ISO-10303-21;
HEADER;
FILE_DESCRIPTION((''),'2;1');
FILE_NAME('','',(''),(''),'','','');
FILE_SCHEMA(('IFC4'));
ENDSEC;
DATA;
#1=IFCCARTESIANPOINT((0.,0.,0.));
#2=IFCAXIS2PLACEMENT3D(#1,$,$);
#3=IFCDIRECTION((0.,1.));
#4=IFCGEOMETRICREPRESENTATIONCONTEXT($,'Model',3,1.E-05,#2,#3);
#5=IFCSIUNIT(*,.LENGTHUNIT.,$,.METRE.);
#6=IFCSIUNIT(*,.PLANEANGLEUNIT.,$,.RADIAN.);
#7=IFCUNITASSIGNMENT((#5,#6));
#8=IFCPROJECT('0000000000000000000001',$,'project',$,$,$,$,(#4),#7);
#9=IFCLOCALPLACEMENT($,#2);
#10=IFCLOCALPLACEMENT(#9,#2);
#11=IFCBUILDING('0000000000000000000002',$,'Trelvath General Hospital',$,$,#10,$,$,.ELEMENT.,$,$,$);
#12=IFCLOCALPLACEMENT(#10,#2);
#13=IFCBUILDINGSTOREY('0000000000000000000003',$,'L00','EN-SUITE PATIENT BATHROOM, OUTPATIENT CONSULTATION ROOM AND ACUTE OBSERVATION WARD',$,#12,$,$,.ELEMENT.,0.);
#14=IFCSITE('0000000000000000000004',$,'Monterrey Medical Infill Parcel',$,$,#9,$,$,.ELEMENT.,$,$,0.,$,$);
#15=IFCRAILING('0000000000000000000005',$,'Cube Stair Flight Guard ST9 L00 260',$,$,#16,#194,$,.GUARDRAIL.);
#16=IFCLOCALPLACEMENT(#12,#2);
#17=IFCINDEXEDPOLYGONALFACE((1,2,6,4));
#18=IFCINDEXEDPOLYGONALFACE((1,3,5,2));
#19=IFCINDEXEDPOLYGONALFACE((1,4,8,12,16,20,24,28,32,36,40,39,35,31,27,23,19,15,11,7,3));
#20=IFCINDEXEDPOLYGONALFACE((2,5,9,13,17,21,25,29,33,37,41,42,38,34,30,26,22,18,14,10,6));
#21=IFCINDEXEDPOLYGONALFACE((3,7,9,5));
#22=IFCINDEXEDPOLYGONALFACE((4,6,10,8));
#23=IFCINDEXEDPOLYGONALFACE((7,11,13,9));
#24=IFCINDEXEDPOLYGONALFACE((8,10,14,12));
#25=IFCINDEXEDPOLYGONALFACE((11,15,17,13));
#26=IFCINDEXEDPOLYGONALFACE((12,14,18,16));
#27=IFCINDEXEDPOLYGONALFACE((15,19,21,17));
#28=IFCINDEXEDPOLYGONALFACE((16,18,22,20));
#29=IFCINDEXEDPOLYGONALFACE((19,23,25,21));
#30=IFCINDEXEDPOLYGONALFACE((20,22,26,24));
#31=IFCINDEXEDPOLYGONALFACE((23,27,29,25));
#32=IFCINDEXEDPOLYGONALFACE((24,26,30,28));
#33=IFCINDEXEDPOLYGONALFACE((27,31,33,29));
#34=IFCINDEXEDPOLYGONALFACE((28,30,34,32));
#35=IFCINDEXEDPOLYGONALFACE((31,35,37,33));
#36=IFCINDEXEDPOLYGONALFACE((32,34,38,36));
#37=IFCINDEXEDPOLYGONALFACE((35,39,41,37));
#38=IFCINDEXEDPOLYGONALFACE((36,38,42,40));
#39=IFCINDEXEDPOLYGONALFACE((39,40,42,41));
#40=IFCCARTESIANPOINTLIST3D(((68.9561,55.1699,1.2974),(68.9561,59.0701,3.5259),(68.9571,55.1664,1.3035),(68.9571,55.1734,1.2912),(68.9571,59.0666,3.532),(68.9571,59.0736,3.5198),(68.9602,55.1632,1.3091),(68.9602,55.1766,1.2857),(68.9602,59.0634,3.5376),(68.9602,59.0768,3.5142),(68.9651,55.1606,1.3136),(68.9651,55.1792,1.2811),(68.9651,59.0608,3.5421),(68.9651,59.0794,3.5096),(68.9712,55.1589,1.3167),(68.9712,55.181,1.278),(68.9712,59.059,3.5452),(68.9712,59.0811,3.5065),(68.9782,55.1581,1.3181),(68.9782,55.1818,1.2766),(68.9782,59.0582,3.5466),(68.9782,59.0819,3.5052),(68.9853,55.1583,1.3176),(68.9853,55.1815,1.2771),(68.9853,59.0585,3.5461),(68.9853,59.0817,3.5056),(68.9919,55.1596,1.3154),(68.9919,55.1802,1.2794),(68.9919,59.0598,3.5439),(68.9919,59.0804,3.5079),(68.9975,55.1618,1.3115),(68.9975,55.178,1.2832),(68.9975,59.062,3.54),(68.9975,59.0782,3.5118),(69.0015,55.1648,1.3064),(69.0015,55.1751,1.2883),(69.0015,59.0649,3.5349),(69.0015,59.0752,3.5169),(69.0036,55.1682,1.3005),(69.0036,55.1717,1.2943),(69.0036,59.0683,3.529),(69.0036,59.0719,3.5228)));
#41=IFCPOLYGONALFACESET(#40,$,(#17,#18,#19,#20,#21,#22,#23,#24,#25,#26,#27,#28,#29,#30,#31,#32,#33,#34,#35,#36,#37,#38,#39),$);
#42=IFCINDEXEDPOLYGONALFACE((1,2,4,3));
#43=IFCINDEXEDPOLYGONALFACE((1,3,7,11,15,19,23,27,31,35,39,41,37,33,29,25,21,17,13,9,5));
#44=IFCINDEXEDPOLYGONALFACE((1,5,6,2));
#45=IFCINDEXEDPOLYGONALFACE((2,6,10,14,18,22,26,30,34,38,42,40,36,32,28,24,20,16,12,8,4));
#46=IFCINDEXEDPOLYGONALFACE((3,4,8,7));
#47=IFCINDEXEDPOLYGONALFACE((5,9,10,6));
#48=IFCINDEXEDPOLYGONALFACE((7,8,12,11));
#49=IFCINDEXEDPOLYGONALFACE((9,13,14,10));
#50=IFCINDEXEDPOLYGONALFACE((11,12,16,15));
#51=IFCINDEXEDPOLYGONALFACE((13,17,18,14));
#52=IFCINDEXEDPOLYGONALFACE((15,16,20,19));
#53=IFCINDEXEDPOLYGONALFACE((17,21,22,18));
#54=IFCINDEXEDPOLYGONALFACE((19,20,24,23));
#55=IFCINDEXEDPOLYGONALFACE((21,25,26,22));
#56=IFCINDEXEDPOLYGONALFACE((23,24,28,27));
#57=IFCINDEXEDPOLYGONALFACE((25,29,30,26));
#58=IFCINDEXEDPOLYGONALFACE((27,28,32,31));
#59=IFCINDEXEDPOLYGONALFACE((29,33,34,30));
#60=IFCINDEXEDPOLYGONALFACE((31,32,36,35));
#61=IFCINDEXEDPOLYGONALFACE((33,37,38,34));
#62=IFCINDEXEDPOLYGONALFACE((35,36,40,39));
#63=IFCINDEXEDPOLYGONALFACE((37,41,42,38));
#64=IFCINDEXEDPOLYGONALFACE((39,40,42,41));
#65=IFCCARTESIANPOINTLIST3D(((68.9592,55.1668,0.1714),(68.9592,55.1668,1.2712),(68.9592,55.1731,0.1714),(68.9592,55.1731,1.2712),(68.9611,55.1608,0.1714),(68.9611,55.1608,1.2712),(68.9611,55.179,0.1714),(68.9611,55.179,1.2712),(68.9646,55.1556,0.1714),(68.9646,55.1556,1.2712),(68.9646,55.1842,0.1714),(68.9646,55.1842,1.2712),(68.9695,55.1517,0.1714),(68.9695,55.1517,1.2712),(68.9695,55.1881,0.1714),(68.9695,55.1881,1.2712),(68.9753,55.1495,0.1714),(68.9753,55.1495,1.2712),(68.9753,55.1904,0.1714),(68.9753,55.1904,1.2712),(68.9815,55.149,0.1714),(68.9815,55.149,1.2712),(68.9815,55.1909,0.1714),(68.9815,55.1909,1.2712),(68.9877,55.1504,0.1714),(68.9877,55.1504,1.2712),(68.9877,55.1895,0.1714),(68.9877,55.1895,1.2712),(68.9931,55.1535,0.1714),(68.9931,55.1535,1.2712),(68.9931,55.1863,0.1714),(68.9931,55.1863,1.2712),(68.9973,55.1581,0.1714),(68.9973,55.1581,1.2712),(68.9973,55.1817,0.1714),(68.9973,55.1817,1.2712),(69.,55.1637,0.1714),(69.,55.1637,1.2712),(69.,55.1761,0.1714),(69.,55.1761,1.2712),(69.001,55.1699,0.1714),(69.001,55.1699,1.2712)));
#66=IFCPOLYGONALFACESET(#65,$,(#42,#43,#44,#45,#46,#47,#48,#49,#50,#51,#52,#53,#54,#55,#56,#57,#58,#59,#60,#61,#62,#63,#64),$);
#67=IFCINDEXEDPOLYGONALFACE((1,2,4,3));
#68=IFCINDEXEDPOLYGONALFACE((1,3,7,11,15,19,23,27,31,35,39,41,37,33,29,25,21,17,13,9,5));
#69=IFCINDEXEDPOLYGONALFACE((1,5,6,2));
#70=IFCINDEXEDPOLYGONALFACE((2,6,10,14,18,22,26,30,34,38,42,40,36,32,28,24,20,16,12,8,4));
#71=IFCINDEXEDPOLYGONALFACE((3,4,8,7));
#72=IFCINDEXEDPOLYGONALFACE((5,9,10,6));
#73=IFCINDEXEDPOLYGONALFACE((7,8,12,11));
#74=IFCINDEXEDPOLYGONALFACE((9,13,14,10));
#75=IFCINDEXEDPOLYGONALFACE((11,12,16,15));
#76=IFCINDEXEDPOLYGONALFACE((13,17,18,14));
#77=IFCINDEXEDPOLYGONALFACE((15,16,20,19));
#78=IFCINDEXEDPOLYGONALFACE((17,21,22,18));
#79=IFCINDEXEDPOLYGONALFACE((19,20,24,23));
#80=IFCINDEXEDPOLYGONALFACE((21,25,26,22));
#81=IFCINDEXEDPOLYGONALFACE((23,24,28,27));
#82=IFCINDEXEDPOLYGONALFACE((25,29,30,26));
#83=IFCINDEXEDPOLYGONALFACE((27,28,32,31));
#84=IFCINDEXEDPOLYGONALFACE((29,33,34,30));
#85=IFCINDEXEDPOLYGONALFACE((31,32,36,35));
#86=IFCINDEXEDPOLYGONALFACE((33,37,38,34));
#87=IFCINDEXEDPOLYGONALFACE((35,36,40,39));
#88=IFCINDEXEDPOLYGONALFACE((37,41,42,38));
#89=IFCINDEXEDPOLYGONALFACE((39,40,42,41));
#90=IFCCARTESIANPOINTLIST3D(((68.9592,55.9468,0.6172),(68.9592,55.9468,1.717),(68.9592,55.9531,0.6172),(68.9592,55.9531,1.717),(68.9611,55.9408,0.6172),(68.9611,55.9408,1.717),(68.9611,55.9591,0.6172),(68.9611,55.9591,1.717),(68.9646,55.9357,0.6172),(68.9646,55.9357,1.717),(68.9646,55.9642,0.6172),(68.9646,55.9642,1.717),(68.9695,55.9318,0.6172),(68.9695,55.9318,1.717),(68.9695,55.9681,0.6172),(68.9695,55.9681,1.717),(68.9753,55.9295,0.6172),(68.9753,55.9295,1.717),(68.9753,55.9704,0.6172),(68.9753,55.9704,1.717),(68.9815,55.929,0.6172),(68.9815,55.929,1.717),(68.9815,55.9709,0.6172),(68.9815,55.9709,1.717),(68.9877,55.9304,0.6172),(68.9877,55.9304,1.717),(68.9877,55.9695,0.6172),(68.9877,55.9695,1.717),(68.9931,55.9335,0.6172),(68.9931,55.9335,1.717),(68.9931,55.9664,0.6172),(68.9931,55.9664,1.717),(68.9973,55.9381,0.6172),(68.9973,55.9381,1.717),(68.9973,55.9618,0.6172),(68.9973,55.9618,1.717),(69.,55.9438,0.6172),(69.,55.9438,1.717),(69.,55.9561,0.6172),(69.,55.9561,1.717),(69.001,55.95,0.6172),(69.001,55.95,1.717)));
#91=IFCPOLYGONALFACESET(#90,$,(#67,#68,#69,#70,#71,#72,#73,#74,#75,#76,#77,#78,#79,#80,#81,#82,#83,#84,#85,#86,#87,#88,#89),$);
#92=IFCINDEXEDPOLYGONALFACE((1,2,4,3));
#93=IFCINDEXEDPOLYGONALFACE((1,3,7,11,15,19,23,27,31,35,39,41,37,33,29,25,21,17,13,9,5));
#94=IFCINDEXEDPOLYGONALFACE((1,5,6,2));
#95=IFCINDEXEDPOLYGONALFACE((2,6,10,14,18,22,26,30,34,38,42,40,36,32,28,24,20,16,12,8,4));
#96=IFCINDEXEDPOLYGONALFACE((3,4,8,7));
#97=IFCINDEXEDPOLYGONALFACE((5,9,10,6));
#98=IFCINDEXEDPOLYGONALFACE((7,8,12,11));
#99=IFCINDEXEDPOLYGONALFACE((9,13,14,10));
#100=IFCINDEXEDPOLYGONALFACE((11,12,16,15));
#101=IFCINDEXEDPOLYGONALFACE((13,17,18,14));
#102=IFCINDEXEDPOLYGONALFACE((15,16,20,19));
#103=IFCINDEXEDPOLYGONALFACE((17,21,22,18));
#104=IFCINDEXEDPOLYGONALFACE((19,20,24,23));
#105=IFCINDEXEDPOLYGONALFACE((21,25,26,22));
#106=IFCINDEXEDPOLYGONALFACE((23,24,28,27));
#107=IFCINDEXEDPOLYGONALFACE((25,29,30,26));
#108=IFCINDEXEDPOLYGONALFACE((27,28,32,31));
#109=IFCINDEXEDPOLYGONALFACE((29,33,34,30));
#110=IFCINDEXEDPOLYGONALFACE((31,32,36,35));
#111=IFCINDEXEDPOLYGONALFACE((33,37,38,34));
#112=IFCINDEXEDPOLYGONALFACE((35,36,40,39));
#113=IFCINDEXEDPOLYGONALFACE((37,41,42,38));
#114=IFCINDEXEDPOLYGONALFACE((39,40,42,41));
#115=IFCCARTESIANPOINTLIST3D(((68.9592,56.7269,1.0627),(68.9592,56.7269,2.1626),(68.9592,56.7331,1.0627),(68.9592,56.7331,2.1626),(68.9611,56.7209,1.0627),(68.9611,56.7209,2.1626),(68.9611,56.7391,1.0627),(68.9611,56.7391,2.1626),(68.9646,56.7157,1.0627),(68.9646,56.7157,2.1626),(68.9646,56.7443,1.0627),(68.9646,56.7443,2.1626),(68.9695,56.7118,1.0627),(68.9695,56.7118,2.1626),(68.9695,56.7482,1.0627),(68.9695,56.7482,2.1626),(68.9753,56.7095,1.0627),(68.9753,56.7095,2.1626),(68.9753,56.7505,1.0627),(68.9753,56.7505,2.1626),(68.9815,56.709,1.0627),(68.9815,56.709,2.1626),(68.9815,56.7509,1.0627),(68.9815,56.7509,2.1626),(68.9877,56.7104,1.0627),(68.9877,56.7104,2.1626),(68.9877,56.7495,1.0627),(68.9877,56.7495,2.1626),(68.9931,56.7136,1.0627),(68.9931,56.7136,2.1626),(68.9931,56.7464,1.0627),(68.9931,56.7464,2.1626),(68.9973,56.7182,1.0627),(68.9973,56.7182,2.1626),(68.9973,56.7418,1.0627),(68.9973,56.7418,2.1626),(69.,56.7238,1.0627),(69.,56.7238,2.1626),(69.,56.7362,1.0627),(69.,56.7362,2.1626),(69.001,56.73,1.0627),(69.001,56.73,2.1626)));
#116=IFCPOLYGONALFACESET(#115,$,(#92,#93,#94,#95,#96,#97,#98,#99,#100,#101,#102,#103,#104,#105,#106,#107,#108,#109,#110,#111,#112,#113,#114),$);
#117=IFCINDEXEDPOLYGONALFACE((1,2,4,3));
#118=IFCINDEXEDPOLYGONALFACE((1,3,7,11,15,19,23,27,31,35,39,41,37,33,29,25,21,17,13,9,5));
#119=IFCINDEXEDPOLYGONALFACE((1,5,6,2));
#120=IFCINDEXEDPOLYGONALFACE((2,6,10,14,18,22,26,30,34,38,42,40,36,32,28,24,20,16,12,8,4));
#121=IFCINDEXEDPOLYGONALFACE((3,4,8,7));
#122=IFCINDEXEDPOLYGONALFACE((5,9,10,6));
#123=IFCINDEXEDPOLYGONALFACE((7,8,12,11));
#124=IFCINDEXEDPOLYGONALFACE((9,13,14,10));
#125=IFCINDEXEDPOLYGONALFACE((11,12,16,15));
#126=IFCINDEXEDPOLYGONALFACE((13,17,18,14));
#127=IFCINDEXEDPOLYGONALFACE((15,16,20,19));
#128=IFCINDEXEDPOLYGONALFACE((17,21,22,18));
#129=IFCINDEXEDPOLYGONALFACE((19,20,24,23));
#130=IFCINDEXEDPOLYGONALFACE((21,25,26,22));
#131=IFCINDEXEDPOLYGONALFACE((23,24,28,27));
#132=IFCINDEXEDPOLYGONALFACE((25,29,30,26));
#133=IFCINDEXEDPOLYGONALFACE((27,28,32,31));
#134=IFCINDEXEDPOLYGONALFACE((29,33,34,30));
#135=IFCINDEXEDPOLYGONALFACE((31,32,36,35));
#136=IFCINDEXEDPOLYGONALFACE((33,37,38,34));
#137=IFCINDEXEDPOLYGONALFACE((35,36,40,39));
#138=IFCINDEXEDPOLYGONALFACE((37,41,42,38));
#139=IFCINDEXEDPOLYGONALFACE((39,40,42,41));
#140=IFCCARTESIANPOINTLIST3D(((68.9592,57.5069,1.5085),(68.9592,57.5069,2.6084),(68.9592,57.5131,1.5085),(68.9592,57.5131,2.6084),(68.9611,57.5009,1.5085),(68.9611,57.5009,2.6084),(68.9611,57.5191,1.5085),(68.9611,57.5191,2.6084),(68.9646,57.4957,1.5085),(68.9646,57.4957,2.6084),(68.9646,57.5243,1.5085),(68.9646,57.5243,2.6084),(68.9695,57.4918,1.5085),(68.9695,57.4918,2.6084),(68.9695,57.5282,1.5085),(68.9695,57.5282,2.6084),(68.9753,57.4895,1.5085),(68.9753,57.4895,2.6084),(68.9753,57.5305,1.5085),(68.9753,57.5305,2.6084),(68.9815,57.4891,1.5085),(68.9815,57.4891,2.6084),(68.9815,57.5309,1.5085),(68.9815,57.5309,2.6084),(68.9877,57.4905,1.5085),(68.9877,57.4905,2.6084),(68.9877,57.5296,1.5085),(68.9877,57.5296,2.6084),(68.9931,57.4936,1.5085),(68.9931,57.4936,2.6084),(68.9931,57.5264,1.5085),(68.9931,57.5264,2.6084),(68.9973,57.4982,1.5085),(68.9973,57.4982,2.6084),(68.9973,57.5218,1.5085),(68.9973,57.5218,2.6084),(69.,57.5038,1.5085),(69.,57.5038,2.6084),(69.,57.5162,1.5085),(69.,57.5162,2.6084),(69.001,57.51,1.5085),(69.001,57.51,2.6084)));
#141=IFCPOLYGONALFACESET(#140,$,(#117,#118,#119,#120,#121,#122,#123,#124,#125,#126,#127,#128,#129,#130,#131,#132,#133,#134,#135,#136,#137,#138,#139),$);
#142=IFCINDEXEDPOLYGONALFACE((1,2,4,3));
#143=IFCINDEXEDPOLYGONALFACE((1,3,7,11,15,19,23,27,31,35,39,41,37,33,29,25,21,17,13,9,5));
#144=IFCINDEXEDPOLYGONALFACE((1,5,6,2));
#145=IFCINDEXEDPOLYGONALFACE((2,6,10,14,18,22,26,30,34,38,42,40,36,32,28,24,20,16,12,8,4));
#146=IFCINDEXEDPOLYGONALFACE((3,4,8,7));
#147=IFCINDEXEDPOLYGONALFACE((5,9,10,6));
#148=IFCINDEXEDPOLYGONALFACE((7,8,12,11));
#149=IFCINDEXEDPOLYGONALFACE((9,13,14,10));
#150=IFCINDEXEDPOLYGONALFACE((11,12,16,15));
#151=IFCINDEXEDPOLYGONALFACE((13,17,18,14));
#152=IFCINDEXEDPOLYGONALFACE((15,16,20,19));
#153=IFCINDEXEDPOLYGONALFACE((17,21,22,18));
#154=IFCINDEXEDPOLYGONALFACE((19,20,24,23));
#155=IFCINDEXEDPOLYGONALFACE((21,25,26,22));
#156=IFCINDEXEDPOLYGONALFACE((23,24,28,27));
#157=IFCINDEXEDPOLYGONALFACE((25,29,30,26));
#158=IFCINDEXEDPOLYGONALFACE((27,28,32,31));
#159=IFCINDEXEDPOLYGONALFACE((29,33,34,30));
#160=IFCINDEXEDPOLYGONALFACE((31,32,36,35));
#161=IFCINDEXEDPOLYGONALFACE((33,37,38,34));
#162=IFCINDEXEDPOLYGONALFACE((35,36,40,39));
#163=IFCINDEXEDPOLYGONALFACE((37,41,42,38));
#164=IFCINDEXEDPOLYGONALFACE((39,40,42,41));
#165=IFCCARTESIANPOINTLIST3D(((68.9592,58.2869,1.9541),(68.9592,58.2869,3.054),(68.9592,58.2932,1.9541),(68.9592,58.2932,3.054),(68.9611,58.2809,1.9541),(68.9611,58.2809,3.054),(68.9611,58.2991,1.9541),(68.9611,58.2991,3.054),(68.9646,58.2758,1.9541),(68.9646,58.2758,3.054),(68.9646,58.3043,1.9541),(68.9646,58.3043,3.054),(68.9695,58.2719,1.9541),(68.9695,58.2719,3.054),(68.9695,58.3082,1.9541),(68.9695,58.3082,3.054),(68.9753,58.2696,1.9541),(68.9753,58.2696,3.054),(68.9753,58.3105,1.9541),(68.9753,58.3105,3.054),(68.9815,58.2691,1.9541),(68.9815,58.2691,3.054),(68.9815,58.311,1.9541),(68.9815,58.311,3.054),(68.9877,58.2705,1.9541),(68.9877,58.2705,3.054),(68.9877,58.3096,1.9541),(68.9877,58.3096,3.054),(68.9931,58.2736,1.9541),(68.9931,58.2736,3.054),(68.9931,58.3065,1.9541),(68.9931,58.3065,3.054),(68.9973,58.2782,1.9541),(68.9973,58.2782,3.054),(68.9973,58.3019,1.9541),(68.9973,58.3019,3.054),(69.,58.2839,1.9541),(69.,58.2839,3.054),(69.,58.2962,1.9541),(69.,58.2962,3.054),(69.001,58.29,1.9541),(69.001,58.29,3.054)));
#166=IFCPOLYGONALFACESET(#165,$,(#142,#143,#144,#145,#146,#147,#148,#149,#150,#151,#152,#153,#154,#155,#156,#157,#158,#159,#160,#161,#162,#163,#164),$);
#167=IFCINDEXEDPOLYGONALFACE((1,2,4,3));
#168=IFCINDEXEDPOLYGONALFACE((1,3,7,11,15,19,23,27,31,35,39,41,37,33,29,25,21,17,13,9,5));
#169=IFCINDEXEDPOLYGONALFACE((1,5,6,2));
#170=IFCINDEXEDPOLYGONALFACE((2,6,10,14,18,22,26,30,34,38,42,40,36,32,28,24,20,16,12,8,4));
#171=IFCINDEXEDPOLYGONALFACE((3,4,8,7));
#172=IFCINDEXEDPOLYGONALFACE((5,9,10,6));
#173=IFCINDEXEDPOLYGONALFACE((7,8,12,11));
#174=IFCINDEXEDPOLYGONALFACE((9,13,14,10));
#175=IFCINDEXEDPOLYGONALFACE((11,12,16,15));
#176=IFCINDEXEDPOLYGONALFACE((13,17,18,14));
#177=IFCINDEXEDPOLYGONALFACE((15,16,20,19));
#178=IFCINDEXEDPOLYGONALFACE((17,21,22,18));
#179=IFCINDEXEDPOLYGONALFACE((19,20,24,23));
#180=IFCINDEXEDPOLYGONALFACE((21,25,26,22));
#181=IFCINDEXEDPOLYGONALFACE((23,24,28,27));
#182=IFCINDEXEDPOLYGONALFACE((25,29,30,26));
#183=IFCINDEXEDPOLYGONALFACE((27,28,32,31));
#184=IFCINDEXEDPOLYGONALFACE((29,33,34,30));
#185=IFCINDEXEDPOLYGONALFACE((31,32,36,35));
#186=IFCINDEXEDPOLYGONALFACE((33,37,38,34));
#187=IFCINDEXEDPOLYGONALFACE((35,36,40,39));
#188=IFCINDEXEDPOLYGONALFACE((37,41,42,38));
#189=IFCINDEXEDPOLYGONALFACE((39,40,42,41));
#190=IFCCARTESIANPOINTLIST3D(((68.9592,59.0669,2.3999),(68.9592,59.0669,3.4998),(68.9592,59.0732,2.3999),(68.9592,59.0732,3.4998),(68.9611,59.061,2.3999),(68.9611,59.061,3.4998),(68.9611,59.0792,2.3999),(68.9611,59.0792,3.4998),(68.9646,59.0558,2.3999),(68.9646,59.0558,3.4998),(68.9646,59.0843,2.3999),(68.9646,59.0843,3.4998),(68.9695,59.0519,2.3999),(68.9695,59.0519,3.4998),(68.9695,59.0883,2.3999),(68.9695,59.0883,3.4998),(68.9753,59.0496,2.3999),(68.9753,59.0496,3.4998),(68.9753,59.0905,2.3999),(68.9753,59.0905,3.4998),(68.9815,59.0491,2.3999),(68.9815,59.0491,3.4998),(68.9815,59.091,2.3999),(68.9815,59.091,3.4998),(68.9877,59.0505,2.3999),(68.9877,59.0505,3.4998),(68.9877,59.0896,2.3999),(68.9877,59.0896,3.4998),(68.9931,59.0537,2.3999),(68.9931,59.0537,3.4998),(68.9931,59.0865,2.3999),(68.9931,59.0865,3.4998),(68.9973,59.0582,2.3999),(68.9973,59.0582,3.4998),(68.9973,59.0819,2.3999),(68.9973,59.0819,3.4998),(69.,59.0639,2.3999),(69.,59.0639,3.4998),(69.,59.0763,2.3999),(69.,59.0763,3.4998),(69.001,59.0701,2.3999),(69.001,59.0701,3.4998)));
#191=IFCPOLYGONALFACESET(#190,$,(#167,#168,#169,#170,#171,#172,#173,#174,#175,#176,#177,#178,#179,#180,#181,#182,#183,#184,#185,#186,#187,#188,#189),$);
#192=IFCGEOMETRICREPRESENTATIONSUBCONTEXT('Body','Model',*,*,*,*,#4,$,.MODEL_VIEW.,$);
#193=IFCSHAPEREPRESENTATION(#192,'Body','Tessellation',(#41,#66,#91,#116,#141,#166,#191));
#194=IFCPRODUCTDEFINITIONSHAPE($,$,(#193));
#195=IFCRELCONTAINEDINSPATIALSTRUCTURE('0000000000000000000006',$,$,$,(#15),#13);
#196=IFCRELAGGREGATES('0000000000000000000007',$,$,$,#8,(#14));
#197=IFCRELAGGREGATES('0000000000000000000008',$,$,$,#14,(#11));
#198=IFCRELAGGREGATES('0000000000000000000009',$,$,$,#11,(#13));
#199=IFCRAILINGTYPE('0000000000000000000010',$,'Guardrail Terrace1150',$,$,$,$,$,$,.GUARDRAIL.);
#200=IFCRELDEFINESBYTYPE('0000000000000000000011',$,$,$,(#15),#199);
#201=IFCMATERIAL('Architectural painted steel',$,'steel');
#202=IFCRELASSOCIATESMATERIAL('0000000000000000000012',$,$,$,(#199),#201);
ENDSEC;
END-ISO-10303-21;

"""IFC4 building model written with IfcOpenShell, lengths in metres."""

from ifc_helpers import new_model, si_unit, direction, frame, origin, origin_2d, place, context, subcontext, project, spatial, circle, extrude, material, type_object, element, save


model = new_model("IFC4")

# Units and contexts
model_context = context("Model", 3, precision=1e-05, world=origin(), true_north=direction((0.0, 1.0)))
body_context = subcontext(model_context, "Body", "Model", "MODEL_VIEW")
ifc_project = project(units=[si_unit("LENGTHUNIT", "METRE"), si_unit("PLANEANGLEUNIT", "RADIAN")], contexts=[model_context])

# Site, building, storey
site_placement = place(None, origin())
site = spatial("IfcSite", under=ifc_project, at=site_placement, Name="Monterrey Medical Infill Parcel", CompositionType="ELEMENT", RefElevation=0.0)
building_placement = place(site_placement, origin())
building = spatial("IfcBuilding", under=site, at=building_placement, Name="Trelvath General Hospital", CompositionType="ELEMENT")
storey_placement = place(building_placement, origin())
storey = spatial("IfcBuildingStorey", under=building, at=storey_placement, Name="L00", Description="EN-SUITE PATIENT BATHROOM, OUTPATIENT CONSULTATION ROOM AND ACUTE OBSERVATION WARD", CompositionType="ELEMENT", Elevation=0.0)

# Railing
ifc_material_1 = material(Name="Architectural painted steel", Category="steel")
railing_type = type_object("IfcRailingType", Name="Guardrail Terrace1150", PredefinedType="GUARDRAIL", material=ifc_material_1)
for number, where, name in (
    (1, (68.98, 55.1699, 0.1714), "Cube Stair Flight Guard ST9 L00 260"),
):
    element("IfcRailing", number, at=place(storey_placement, frame(where)), inside=storey, type_object=railing_type, Name=name, PredefinedType="GUARDRAIL", context=body_context, shape_type="SweptSolid", body=[
        extrude(circle(Radius=0.0239, at=origin_2d()), frame((0.0, 0.0, 1.126), z_axis=(0.0, 0.868257, 0.496116), x_axis=(-1.0, 0.0, 0.0)), (0.0, 0.0, 1.0), 4.4919),
        extrude(circle(Radius=0.021, at=origin_2d()), origin(), (0.0, 0.0, 1.0), 1.0999),
        extrude(circle(Radius=0.021, at=origin_2d()), frame((0.0, 0.78, 0.4458)), (0.0, 0.0, 1.0), 1.0999),
        extrude(circle(Radius=0.021, at=origin_2d()), frame((0.0, 1.5601, 0.8914)), (0.0, 0.0, 1.0), 1.0999),
        extrude(circle(Radius=0.021, at=origin_2d()), frame((0.0, 2.3401, 1.3372)), (0.0, 0.0, 1.0), 1.0999),
        extrude(circle(Radius=0.021, at=origin_2d()), frame((0.0, 3.1201, 1.7827)), (0.0, 0.0, 1.0), 1.0999),
        extrude(circle(Radius=0.021, at=origin_2d()), frame((0.0, 3.9001, 2.2285)), (0.0, 0.0, 1.0), 1.0999),
    ])

save(model, "model.ifc")
